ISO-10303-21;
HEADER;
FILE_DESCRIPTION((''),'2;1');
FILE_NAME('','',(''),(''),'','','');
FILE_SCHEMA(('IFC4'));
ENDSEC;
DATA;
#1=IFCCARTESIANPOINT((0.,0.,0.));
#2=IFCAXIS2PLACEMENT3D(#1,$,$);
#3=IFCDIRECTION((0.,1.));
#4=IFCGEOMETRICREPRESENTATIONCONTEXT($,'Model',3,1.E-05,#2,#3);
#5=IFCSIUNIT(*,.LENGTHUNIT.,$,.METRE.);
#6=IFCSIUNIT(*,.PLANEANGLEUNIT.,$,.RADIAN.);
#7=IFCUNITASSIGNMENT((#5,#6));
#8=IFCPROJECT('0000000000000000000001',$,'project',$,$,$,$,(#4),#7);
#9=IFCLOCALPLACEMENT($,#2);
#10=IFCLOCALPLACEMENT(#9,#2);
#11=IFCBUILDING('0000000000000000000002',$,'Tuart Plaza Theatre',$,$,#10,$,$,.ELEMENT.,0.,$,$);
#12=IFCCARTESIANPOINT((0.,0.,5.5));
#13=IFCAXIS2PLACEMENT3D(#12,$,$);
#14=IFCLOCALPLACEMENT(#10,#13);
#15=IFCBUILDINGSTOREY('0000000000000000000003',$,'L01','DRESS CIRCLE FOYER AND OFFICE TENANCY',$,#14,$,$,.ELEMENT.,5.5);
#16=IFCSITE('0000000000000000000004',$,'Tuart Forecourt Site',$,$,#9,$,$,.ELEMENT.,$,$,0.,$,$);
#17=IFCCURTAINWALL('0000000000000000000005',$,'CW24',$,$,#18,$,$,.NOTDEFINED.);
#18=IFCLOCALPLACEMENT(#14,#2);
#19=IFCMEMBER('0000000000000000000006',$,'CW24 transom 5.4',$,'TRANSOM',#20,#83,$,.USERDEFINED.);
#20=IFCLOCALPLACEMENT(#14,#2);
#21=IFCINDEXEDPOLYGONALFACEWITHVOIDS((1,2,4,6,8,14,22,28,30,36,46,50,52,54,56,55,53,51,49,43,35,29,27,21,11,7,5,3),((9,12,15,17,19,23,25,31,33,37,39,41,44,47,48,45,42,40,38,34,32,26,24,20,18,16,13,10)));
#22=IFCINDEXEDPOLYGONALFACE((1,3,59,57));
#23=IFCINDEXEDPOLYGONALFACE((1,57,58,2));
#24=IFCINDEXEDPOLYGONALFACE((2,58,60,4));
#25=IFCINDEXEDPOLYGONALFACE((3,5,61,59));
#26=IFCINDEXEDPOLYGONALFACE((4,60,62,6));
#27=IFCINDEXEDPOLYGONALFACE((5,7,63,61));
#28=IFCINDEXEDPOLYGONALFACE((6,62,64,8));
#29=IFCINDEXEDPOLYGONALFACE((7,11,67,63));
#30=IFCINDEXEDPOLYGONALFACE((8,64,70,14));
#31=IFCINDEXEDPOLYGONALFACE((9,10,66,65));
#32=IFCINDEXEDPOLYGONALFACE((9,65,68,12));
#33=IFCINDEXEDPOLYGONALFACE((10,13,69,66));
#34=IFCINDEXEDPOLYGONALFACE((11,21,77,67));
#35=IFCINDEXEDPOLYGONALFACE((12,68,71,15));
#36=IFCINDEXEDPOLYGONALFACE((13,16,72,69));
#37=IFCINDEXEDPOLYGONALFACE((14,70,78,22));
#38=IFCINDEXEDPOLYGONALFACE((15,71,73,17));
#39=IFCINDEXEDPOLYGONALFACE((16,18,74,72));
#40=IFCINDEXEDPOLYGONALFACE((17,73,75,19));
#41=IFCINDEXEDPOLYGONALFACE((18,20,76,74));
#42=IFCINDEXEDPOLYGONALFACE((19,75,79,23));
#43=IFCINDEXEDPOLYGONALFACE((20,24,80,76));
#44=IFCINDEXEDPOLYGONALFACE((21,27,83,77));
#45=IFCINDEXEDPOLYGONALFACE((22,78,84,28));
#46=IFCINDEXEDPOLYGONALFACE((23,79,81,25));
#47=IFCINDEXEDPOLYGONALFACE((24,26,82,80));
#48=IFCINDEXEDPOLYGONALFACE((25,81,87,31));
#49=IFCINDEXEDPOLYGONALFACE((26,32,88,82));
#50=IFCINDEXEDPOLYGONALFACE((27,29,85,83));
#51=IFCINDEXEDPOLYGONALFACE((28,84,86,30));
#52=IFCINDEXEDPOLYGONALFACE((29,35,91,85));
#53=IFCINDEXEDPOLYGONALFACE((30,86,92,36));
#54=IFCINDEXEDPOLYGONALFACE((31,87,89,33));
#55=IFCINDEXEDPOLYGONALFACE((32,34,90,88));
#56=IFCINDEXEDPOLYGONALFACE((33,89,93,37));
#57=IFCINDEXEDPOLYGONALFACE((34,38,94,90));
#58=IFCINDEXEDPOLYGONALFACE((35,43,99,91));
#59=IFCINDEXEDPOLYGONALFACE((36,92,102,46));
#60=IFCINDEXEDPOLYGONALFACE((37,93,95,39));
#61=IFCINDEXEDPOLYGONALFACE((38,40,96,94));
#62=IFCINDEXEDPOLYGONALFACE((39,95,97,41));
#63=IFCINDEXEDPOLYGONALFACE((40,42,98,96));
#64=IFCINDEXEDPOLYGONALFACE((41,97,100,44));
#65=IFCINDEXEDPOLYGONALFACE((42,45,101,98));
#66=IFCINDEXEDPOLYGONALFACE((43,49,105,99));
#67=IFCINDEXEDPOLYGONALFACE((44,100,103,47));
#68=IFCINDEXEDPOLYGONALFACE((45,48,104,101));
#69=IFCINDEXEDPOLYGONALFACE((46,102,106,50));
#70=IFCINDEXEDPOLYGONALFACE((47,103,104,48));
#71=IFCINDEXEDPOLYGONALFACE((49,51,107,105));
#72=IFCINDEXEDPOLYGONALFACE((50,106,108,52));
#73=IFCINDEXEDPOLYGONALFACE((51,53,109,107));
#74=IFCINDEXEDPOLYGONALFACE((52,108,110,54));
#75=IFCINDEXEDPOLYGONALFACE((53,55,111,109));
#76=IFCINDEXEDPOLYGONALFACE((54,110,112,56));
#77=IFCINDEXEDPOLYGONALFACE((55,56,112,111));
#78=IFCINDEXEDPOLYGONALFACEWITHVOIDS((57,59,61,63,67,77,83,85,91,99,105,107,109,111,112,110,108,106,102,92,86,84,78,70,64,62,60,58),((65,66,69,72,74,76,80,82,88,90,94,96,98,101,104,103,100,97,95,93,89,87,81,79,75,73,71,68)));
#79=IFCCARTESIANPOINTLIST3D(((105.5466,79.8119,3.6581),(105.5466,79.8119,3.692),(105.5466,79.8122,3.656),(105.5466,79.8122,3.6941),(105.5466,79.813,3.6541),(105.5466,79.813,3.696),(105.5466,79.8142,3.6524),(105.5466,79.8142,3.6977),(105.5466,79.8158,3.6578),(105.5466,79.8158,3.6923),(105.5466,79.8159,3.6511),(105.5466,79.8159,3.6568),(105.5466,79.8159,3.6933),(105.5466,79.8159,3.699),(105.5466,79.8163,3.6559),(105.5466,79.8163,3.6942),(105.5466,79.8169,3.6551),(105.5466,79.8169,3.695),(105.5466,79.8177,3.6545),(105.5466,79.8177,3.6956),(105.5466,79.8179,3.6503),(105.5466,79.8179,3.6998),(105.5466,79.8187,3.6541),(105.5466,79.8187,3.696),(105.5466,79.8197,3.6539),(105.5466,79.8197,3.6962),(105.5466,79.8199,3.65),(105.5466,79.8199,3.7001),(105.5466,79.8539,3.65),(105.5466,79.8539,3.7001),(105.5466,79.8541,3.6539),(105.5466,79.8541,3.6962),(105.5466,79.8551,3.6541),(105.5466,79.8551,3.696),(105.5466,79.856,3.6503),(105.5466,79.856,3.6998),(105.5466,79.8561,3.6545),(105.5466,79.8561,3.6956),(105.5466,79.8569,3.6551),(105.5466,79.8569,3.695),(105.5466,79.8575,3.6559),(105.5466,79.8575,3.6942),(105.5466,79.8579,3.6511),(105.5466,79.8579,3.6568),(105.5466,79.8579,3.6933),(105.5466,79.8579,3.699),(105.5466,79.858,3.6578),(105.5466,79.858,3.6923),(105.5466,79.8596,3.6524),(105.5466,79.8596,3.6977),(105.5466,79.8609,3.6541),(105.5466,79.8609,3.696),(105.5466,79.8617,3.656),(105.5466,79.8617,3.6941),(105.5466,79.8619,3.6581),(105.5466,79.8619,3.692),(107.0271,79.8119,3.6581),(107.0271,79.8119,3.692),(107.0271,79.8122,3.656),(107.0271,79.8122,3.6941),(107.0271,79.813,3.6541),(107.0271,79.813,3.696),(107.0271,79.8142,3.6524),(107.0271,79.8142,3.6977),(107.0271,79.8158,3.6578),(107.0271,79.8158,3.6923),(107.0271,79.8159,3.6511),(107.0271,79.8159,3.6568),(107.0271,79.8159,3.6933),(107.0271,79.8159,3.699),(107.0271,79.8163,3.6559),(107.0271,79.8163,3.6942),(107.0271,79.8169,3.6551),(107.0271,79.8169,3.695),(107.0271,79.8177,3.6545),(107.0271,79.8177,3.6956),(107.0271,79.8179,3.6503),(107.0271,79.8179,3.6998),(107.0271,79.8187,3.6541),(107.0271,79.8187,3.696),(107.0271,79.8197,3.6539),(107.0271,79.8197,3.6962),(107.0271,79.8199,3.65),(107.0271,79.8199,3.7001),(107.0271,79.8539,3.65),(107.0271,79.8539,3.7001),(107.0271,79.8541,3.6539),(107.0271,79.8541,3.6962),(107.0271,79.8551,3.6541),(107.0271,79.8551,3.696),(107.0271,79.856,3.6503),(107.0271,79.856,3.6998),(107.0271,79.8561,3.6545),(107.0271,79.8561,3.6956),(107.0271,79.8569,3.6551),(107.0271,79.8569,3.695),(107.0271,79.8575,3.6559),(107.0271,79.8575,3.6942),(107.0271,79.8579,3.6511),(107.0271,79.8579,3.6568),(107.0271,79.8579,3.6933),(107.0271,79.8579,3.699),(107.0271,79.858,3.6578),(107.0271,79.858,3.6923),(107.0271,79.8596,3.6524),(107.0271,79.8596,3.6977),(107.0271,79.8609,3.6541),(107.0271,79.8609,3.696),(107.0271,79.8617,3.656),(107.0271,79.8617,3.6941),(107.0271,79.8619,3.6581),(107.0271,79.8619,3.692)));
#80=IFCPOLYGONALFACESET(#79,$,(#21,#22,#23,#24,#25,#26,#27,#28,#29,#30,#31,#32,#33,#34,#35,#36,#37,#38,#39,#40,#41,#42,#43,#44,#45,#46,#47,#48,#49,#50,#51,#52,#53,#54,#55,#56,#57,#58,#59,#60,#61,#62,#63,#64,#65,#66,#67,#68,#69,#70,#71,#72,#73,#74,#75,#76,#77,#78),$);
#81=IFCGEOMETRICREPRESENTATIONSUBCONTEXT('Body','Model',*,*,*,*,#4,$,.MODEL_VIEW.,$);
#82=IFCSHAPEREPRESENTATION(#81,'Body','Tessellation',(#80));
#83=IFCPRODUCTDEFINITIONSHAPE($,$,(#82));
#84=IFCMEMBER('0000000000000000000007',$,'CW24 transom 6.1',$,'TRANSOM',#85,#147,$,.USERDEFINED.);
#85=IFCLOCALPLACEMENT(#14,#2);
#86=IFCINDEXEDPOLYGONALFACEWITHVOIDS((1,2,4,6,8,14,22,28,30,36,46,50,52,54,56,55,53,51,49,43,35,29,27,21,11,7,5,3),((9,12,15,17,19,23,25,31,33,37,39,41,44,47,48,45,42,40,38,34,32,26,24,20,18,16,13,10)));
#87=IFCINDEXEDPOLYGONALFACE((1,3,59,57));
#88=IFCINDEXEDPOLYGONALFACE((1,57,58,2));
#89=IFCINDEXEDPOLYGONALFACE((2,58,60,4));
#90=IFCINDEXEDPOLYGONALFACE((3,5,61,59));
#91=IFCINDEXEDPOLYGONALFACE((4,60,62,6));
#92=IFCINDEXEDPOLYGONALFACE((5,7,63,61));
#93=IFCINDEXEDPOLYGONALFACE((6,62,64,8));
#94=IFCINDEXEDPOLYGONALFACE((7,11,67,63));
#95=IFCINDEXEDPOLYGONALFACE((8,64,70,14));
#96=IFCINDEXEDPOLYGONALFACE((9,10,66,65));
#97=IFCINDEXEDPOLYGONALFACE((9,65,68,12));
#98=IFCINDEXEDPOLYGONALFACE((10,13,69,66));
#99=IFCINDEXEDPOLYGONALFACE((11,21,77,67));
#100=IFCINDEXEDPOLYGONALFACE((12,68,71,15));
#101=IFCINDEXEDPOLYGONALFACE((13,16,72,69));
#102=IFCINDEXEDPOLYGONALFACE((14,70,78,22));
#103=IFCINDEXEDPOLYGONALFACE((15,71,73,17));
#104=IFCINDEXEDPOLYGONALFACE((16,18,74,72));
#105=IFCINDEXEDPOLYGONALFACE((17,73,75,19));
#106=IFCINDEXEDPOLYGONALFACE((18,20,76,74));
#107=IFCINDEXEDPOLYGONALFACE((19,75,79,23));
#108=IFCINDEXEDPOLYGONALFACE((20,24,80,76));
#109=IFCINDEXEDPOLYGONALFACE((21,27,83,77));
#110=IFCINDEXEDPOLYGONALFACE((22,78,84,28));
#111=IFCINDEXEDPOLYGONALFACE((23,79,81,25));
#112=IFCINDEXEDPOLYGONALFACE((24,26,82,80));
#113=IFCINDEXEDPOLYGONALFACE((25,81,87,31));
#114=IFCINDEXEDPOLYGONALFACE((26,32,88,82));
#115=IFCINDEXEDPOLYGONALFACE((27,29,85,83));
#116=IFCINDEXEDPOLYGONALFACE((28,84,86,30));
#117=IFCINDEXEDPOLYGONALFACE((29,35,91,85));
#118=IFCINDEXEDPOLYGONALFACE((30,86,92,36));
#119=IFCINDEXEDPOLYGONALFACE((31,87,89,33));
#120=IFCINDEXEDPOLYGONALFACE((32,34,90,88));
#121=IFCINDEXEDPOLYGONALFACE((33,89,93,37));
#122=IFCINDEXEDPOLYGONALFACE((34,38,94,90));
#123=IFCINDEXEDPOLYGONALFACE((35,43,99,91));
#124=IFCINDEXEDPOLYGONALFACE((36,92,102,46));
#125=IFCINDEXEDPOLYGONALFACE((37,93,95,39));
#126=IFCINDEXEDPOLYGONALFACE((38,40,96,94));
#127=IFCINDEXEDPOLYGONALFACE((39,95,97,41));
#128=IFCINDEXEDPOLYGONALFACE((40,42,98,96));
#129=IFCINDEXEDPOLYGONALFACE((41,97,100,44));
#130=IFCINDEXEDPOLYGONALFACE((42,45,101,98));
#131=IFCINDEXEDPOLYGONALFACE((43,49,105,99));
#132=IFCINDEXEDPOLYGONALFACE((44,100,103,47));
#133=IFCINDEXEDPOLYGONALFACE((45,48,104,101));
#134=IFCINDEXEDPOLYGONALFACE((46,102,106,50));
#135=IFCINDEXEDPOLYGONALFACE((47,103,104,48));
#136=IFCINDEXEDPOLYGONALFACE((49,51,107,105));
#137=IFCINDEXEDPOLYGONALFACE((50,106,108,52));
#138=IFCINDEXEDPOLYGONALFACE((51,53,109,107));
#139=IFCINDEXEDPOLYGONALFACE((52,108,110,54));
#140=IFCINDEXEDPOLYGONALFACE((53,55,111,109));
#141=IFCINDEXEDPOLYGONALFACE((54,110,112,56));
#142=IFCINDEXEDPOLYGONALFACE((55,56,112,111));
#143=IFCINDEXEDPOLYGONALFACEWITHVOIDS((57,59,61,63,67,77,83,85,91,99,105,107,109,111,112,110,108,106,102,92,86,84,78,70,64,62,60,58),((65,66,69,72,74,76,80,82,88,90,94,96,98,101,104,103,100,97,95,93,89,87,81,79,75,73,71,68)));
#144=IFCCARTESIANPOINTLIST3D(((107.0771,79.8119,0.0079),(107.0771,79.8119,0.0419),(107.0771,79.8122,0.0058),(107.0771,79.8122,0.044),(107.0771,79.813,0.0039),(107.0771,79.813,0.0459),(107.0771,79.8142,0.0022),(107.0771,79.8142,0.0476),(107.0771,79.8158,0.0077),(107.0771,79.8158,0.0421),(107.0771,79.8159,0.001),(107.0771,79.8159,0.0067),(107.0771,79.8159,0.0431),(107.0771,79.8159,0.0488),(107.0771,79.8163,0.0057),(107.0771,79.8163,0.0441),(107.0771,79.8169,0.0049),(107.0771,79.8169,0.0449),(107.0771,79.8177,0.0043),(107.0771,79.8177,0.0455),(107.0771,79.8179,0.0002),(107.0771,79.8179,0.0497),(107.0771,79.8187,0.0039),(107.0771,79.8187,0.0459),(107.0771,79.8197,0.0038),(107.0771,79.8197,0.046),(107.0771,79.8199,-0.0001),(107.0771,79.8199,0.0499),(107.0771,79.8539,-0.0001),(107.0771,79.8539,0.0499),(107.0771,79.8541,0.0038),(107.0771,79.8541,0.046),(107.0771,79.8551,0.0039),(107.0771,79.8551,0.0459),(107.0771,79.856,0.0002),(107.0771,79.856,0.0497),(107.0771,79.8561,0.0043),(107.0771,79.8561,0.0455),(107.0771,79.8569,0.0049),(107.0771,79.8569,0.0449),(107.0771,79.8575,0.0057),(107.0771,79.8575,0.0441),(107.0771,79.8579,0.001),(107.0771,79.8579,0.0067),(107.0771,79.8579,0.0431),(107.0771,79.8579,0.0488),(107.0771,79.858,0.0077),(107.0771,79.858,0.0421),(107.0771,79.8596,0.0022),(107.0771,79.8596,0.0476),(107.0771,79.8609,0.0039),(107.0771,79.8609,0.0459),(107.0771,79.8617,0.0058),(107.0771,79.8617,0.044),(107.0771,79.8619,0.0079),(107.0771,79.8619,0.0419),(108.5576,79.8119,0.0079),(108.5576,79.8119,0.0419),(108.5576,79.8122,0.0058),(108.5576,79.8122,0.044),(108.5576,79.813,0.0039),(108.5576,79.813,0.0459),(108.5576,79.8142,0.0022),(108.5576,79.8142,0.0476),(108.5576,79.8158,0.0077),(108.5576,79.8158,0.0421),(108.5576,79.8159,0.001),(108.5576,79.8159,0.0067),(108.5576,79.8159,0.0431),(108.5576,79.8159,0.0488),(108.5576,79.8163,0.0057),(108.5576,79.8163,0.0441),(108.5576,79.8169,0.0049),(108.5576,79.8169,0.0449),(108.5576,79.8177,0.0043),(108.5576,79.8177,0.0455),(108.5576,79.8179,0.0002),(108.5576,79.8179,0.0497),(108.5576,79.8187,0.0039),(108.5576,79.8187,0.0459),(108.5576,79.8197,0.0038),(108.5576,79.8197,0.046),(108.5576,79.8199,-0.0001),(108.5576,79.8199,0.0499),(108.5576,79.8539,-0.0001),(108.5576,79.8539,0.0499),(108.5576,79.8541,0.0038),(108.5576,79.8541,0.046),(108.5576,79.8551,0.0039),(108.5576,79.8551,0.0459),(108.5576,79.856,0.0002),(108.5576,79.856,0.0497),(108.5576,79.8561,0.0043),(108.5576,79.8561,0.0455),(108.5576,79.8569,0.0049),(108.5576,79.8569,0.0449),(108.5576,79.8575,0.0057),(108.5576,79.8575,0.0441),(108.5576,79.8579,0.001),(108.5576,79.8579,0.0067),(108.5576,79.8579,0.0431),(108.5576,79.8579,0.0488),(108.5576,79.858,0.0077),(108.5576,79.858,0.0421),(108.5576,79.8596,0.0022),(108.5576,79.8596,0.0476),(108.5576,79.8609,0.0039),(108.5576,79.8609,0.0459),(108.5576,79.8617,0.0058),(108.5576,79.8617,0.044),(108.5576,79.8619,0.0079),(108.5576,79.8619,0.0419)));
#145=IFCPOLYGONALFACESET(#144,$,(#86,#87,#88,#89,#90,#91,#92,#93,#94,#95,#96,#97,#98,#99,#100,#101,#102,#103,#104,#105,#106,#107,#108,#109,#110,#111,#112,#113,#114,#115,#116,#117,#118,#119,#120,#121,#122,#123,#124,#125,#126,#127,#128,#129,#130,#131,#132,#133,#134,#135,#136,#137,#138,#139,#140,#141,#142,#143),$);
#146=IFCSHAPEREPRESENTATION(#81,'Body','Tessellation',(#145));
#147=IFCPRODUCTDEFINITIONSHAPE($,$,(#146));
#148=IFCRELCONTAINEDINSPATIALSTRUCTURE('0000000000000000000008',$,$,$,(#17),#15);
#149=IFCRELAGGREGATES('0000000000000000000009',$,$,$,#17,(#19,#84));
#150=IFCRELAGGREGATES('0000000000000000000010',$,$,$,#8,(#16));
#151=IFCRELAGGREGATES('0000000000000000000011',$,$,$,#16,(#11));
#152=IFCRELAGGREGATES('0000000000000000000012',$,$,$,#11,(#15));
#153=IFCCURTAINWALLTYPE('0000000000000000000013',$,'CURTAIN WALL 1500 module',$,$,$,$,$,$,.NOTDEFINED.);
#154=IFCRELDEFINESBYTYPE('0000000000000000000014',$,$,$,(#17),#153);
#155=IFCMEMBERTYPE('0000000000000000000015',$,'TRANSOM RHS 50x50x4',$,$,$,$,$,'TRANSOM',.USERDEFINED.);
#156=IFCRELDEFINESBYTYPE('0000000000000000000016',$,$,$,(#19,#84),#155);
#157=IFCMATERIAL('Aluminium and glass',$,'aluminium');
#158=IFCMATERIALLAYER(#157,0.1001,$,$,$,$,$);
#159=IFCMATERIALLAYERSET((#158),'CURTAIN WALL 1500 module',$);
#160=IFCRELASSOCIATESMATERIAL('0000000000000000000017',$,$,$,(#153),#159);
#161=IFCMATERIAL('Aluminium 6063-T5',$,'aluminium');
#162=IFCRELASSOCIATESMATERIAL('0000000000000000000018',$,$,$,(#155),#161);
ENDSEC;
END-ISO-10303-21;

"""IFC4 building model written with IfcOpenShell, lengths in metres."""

from ifc_helpers import new_model, si_unit, direction, frame, origin, origin_2d, place, context, subcontext, project, spatial, hollow_rectangle, extrude, material, layer, layer_set, material_profile, profile_set, type_object, element, aggregate, save


model = new_model("IFC4")

# Units and contexts
model_context = context("Model", 3, precision=1e-05, world=origin(), true_north=direction((0.0, 1.0)))
body_context = subcontext(model_context, "Body", "Model", "MODEL_VIEW")
ifc_project = project(units=[si_unit("LENGTHUNIT", "METRE"), si_unit("PLANEANGLEUNIT", "RADIAN")], contexts=[model_context])

# Site, building, storey
site_placement = place(None, origin())
site = spatial("IfcSite", under=ifc_project, at=site_placement, Name="Tuart Forecourt Site", CompositionType="ELEMENT", RefElevation=0.0)
building_placement = place(site_placement, origin())
building = spatial("IfcBuilding", under=site, at=building_placement, Name="Tuart Plaza Theatre", CompositionType="ELEMENT", ElevationOfRefHeight=0.0)
storey_placement = place(building_placement, frame((0.0, 0.0, 5.5)))
storey = spatial("IfcBuildingStorey", under=building, at=storey_placement, Name="L01", Description="DRESS CIRCLE FOYER AND OFFICE TENANCY", CompositionType="ELEMENT", Elevation=5.5)

# Curtain wall, members
ifc_material_1 = material(Name="Aluminium and glass", Category="aluminium")
ifc_layer_1 = layer(ifc_material_1, 0.1001)
ifc_layer_set_1 = layer_set([ifc_layer_1], Name="CURTAIN WALL 1500 module")
curtain_wall_type = type_object("IfcCurtainWallType", Name="CURTAIN WALL 1500 module", PredefinedType="NOTDEFINED", material=ifc_layer_set_1)
curtain_wall_placement = place(storey_placement, origin())
curtain_wall = element("IfcCurtainWall", 1, at=curtain_wall_placement, inside=storey, type_object=curtain_wall_type, Name="CW24", PredefinedType="NOTDEFINED")
ifc_material_2 = material(Name="Aluminium 6063-T5", Category="aluminium")
ifc_material_profile_1 = material_profile(ifc_material_2, hollow_rectangle(XDim=0.05, YDim=0.05, WallThickness=0.0039, InnerFilletRadius=0.0039, OuterFilletRadius=0.0081, at=origin_2d()), Name="RHS 50x50x4")
ifc_profile_set_1 = profile_set([ifc_material_profile_1], Name="Aluminium 6063-T5")
member_type_1 = type_object("IfcMemberType", Name="TRANSOM RHS 50x50x4", ElementType="TRANSOM", PredefinedType="USERDEFINED", material=ifc_profile_set_1)
member_1_placement = place(storey_placement, frame((105.5466, 79.8369, 3.675), z_axis=(1.0, 0.0, 0.0), x_axis=(0.0, 1.0, 0.0)))
member_1 = element("IfcMember", 2, at=member_1_placement, type_object=member_type_1, Name="CW24 transom 5.4", ObjectType="TRANSOM", PredefinedType="USERDEFINED", context=body_context, shape_type="SweptSolid", body=[
    extrude(hollow_rectangle(XDim=0.05, YDim=0.05, WallThickness=0.0039, InnerFilletRadius=0.0039, OuterFilletRadius=0.0081, at=origin_2d()), origin(), (0.0, 0.0, 1.0), 1.4805),
])
member_2_placement = place(storey_placement, frame((107.0771, 79.8369, 0.0249), z_axis=(1.0, 0.0, 0.0), x_axis=(0.0, 1.0, 0.0)))
member_2 = element("IfcMember", 3, at=member_2_placement, type_object=member_type_1, Name="CW24 transom 6.1", ObjectType="TRANSOM", PredefinedType="USERDEFINED", context=body_context, shape_type="SweptSolid", body=[
    extrude(hollow_rectangle(XDim=0.05, YDim=0.05, WallThickness=0.0039, InnerFilletRadius=0.0039, OuterFilletRadius=0.0081, at=origin_2d()), origin(), (0.0, 0.0, 1.0), 1.4805),
])
aggregate(curtain_wall, [member_1, member_2])

save(model, "model.ifc")
